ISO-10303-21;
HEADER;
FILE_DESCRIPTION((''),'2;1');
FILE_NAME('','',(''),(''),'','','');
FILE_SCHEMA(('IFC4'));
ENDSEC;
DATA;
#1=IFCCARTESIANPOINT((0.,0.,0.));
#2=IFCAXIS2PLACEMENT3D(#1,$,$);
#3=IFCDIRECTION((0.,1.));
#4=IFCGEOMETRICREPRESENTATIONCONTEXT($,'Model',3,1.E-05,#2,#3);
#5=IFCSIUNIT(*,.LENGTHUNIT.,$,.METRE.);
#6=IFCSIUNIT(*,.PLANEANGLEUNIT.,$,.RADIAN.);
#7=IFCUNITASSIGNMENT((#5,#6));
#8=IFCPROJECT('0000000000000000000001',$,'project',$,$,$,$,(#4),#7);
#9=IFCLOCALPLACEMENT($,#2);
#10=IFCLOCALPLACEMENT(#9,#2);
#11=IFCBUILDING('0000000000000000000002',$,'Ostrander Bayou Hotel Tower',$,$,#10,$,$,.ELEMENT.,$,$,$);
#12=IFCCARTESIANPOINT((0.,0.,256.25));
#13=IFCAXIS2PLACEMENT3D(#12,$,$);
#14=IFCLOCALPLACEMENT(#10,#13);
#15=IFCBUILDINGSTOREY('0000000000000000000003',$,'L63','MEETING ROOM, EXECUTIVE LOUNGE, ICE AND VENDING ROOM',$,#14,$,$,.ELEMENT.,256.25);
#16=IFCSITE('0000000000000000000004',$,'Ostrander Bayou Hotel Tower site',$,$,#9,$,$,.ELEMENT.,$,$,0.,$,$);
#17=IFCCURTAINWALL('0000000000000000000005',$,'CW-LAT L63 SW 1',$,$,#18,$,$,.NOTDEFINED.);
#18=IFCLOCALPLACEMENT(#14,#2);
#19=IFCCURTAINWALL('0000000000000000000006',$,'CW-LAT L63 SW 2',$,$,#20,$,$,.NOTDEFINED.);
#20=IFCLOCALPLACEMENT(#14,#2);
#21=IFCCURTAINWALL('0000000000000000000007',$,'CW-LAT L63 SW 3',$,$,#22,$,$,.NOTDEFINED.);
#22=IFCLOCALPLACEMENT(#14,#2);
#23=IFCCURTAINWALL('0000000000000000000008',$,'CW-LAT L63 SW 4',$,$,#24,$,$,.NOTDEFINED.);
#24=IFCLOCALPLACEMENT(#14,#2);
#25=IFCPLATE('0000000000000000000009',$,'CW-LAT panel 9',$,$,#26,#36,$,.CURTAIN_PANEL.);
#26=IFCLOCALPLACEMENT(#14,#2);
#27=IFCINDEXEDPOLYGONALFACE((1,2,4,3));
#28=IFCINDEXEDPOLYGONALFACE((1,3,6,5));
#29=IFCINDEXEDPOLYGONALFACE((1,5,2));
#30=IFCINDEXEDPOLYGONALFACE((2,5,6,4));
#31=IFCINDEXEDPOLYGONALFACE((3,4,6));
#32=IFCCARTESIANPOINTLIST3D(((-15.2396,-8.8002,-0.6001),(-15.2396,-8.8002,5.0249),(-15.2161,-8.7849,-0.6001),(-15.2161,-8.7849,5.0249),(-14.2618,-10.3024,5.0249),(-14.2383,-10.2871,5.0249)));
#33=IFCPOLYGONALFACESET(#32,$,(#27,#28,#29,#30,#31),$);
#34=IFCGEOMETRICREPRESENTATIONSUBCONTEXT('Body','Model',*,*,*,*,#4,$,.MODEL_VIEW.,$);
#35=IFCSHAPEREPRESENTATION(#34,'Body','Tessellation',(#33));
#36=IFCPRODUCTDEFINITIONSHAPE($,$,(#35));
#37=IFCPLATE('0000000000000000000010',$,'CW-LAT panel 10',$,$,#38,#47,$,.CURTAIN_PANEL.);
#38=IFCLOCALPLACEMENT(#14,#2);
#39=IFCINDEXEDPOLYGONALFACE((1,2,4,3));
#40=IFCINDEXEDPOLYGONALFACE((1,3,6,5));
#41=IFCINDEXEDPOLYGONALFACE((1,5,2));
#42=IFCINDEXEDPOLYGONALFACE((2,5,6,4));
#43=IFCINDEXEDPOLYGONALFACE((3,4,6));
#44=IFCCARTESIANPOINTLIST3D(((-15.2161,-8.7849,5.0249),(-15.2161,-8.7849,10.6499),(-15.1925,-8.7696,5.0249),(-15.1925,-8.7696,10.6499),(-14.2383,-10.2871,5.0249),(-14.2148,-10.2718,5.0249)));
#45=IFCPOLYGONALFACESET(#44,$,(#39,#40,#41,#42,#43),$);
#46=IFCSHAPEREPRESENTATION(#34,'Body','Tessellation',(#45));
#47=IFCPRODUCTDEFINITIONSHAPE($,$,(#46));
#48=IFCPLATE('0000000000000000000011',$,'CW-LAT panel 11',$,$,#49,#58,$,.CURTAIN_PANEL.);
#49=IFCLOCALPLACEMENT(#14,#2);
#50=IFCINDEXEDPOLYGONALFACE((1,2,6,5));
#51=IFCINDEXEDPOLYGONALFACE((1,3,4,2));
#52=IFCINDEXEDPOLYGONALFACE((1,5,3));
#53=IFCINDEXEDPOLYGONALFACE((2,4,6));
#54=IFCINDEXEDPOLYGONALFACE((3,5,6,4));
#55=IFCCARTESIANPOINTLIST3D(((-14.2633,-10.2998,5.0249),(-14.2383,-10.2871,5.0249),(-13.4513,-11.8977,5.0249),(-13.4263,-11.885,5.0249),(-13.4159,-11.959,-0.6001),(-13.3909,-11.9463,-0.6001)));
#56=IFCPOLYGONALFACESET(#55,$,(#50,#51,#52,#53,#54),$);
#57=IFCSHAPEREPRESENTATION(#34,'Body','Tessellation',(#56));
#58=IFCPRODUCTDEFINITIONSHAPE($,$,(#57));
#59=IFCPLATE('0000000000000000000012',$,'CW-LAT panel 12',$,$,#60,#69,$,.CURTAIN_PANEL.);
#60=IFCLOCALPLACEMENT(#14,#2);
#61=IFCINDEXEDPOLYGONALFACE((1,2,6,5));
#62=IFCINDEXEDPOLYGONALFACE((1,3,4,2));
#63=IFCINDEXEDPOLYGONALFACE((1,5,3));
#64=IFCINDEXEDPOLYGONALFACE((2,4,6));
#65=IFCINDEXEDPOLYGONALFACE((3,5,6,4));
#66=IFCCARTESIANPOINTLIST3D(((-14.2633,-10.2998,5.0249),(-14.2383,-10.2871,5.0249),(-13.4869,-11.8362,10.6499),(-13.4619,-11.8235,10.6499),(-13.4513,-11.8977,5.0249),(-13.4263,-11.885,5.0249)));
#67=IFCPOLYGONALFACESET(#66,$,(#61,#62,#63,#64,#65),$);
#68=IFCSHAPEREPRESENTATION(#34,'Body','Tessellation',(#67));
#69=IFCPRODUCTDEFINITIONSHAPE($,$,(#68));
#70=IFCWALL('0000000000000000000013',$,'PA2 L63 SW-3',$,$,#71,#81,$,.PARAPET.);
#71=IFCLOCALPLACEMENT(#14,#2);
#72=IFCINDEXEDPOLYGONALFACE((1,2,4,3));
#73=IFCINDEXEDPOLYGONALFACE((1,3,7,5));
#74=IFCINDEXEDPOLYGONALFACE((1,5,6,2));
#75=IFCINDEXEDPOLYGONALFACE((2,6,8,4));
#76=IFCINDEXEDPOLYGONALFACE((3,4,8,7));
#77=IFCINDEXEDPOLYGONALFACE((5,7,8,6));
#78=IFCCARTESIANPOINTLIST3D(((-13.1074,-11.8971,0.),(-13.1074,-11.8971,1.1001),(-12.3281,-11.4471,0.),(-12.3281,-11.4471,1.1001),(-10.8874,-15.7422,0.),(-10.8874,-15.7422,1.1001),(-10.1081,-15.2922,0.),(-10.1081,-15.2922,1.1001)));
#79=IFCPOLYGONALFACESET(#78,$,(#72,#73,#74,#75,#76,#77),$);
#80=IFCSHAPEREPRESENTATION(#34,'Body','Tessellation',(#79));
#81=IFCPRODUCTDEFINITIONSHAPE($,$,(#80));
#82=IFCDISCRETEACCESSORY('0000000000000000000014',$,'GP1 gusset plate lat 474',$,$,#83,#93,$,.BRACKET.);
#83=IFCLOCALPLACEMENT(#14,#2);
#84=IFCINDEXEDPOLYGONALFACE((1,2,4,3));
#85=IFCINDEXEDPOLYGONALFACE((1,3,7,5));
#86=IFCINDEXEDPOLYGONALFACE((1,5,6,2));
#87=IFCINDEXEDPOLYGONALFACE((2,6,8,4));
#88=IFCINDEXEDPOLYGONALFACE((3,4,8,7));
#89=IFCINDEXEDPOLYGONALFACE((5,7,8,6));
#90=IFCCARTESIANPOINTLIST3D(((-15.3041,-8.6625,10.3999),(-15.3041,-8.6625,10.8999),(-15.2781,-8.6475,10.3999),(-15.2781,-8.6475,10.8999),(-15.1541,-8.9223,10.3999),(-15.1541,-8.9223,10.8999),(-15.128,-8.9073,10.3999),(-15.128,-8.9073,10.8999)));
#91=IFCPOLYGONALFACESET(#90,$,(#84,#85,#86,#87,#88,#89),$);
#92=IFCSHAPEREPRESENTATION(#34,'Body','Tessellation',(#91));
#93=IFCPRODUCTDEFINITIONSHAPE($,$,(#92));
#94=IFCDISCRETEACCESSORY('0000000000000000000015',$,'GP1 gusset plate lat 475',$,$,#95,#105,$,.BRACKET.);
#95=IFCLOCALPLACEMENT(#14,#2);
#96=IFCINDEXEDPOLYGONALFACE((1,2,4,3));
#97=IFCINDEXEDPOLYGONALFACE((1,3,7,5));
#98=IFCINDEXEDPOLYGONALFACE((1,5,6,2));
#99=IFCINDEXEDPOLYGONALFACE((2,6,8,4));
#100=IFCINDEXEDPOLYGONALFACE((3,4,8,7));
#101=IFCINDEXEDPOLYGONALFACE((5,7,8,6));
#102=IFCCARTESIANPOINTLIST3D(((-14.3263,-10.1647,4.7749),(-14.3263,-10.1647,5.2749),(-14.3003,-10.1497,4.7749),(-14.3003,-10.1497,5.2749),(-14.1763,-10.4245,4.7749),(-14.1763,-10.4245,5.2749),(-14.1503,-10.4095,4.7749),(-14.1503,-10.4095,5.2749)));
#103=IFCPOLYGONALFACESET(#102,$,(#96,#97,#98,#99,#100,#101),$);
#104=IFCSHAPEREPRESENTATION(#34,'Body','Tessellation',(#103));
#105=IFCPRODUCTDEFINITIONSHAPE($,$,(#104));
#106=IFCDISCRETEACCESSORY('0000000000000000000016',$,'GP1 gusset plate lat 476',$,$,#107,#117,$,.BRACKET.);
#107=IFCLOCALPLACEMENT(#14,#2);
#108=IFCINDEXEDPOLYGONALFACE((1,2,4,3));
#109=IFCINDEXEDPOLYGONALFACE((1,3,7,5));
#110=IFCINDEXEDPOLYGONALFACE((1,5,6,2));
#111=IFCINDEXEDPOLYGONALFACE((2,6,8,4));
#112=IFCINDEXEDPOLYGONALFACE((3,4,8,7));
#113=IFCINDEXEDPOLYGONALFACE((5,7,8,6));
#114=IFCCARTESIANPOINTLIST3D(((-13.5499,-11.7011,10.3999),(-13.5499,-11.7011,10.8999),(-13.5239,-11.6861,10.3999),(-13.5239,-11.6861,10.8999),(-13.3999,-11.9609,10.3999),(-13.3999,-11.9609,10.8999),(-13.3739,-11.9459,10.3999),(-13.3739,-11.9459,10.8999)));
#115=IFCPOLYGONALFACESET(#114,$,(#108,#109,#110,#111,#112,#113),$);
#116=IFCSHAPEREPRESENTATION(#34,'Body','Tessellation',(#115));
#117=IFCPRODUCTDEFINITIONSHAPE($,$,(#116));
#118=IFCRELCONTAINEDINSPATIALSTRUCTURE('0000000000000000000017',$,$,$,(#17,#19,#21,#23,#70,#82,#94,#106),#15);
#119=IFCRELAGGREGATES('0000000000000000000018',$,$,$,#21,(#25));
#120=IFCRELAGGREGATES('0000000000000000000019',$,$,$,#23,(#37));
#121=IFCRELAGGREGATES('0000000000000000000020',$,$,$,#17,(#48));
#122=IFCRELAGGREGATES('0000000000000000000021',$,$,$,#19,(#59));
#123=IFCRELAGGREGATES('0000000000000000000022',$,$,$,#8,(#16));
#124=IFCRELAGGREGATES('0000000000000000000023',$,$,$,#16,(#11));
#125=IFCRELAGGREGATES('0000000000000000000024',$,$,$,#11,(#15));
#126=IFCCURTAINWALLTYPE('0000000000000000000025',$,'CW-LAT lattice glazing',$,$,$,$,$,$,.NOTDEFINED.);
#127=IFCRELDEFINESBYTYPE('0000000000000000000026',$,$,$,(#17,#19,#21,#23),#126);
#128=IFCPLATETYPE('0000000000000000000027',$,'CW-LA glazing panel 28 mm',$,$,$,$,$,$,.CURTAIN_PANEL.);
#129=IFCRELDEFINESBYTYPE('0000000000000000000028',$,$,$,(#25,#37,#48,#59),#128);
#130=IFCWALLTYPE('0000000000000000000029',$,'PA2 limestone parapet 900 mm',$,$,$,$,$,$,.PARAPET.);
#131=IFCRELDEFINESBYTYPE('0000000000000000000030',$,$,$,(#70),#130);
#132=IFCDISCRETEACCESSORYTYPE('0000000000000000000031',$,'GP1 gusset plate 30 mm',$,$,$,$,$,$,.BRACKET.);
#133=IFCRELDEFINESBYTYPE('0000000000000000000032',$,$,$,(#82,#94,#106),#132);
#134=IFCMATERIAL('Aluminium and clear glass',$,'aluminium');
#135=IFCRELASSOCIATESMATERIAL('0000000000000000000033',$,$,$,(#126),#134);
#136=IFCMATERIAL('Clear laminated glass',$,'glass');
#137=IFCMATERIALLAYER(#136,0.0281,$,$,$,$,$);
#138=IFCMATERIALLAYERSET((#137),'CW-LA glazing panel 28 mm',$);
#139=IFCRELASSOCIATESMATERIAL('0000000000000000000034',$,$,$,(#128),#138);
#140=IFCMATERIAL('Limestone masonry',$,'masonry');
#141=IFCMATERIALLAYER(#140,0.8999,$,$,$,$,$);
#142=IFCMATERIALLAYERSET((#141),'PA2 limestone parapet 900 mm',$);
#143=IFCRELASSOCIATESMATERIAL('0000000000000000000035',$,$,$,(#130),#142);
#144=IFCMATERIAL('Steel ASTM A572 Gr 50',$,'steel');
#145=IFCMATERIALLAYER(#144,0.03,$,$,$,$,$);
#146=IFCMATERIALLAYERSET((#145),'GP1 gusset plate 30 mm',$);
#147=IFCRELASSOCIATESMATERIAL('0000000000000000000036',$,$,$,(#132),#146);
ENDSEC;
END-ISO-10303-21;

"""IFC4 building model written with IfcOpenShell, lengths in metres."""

from ifc_helpers import new_model, si_unit, direction, frame, frame_2d, origin, origin_2d, place, context, subcontext, project, spatial, polyline, rectangle, outline, extrude, material, layer, layer_set, type_object, element, aggregate, save


model = new_model("IFC4")

# Units and contexts
model_context = context("Model", 3, precision=1e-05, world=origin(), true_north=direction((0.0, 1.0)))
body_context = subcontext(model_context, "Body", "Model", "MODEL_VIEW")
ifc_project = project(units=[si_unit("LENGTHUNIT", "METRE"), si_unit("PLANEANGLEUNIT", "RADIAN")], contexts=[model_context])

# Site, building, storey
site_placement = place(None, origin())
site = spatial("IfcSite", under=ifc_project, at=site_placement, Name="Ostrander Bayou Hotel Tower site", CompositionType="ELEMENT", RefElevation=0.0)
building_placement = place(site_placement, origin())
building = spatial("IfcBuilding", under=site, at=building_placement, Name="Ostrander Bayou Hotel Tower", CompositionType="ELEMENT")
storey_placement = place(building_placement, frame((0.0, 0.0, 256.25)))
storey = spatial("IfcBuildingStorey", under=building, at=storey_placement, Name="L63", Description="MEETING ROOM, EXECUTIVE LOUNGE, ICE AND VENDING ROOM", CompositionType="ELEMENT", Elevation=256.25)

# Curtain walls
ifc_material_1 = material(Name="Aluminium and clear glass", Category="aluminium")
curtain_wall_type = type_object("IfcCurtainWallType", Name="CW-LAT lattice glazing", PredefinedType="NOTDEFINED", material=ifc_material_1)
curtain_wall_1_placement = place(storey_placement, origin())
curtain_wall_1 = element("IfcCurtainWall", 1, at=curtain_wall_1_placement, inside=storey, type_object=curtain_wall_type, Name="CW-LAT L63 SW 1", PredefinedType="NOTDEFINED")
curtain_wall_2_placement = place(storey_placement, origin())
curtain_wall_2 = element("IfcCurtainWall", 2, at=curtain_wall_2_placement, inside=storey, type_object=curtain_wall_type, Name="CW-LAT L63 SW 2", PredefinedType="NOTDEFINED")

# Curtain walls
curtain_wall_3_placement = place(storey_placement, origin())
curtain_wall_3 = element("IfcCurtainWall", 3, at=curtain_wall_3_placement, inside=storey, type_object=curtain_wall_type, Name="CW-LAT L63 SW 3", PredefinedType="NOTDEFINED")
ifc_material_2 = material(Name="Clear laminated glass", Category="glass")
ifc_layer_1 = layer(ifc_material_2, 0.0281)
ifc_layer_set_1 = layer_set([ifc_layer_1], Name="CW-LA glazing panel 28 mm")
plate_type = type_object("IfcPlateType", Name="CW-LA glazing panel 28 mm", PredefinedType="CURTAIN_PANEL", material=ifc_layer_set_1)
curtain_wall_4_placement = place(storey_placement, origin())
curtain_wall_4 = element("IfcCurtainWall", 4, at=curtain_wall_4_placement, inside=storey, type_object=curtain_wall_type, Name="CW-LAT L63 SW 4", PredefinedType="NOTDEFINED")

# Plates
plate_1_placement = place(storey_placement, frame((-14.2383, -10.2871, 5.0249), z_axis=(0.838098, 0.54552, 0.0), x_axis=(-0.165623, 0.254452, -0.952798)))
plate_1 = element("IfcPlate", 5, at=plate_1_placement, type_object=plate_type, Name="CW-LAT panel 9", PredefinedType="CURTAIN_PANEL", context=body_context, shape_type="SweptSolid", body=[
    extrude(outline(polyline([(0.0, 0.0), (5.9037, 0.0), (0.5442, 1.7078), (0.0, 0.0)])), origin(), (0.0, 0.0, -1.0), 0.0281),
])
aggregate(curtain_wall_3, [plate_1])
plate_2_placement = place(storey_placement, frame((-14.2383, -10.2871, 5.0249), z_axis=(-0.838098, -0.54552, 0.0), x_axis=(-0.165623, 0.254452, 0.952798)))
plate_2 = element("IfcPlate", 6, at=plate_2_placement, type_object=plate_type, Name="CW-LAT panel 10", PredefinedType="CURTAIN_PANEL", context=body_context, shape_type="SweptSolid", body=[
    extrude(outline(polyline([(0.0, 0.0), (5.9037, 0.0), (0.5442, 1.7078), (0.0, 0.0)])), origin(), (0.0, 0.0, -1.0), 0.0281),
])
aggregate(curtain_wall_4, [plate_2])
plate_3_placement = place(storey_placement, frame((-14.2383, -10.2871, 5.0249), z_axis=(0.891493, 0.453034, 0.000675), x_axis=(0.143011, -0.280006, -0.949286)))
plate_3 = element("IfcPlate", 7, at=plate_3_placement, type_object=plate_type, Name="CW-LAT panel 11", PredefinedType="CURTAIN_PANEL", context=body_context, shape_type="SweptSolid", body=[
    extrude(outline(polyline([(0.0, 0.0), (5.9255, 0.0), (0.5635, -1.7015), (0.0, 0.0)])), origin(), (0.0, 0.0, -1.0), 0.0281),
])
aggregate(curtain_wall_1, [plate_3])
plate_4_placement = place(storey_placement, frame((-14.2383, -10.2871, 5.0249), z_axis=(0.891493, 0.453034, 0.000694), x_axis=(0.131979, -0.261177, 0.956226)))
plate_4 = element("IfcPlate", 8, at=plate_4_placement, type_object=plate_type, Name="CW-LAT panel 12", PredefinedType="CURTAIN_PANEL", context=body_context, shape_type="SweptSolid", body=[
    extrude(outline(polyline([(0.0, 0.0), (5.8825, 0.0), (0.5245, 1.7139), (0.0, 0.0)])), origin(), (0.0, 0.0, -1.0), 0.0281),
])
aggregate(curtain_wall_2, [plate_4])

# Wall
ifc_material_3 = material(Name="Limestone masonry", Category="masonry")
ifc_layer_2 = layer(ifc_material_3, 0.8999)
ifc_layer_set_2 = layer_set([ifc_layer_2], Name="PA2 limestone parapet 900 mm")
wall_type = type_object("IfcWallType", Name="PA2 limestone parapet 900 mm", PredefinedType="PARAPET", material=ifc_layer_set_2)
wall_placement = place(storey_placement, frame((-12.7178, -11.6721, 0.0), z_axis=(0.0, 0.0, 1.0), x_axis=(0.500013, -0.866018, 0.0)))
element("IfcWall", 9, at=wall_placement, inside=storey, type_object=wall_type, Name="PA2 L63 SW-3", PredefinedType="PARAPET", context=body_context, shape_type="SweptSolid", body=[
    extrude(rectangle(XDim=4.4399, YDim=0.8999, at=frame_2d((2.22, 0.0))), origin(), (0.0, 0.0, 1.0), 1.1001),
])

# Discrete accessories
ifc_material_4 = material(Name="Steel ASTM A572 Gr 50", Category="steel")
ifc_layer_3 = layer(ifc_material_4, 0.03)
ifc_layer_set_3 = layer_set([ifc_layer_3], Name="GP1 gusset plate 30 mm")
discrete_accessory_type = type_object("IfcDiscreteAccessoryType", Name="GP1 gusset plate 30 mm", PredefinedType="BRACKET", material=ifc_layer_set_3)
for number, where, z_axis, x_axis, name in (
    (10, (-15.2161, -8.7849, 10.3999), (0.0, 0.0, 1.0), (0.5, -0.866025, 0.0), "GP1 gusset plate lat 474"),
    (11, (-14.2383, -10.2871, 4.7749), (0.0, 0.0, 1.0), (0.5, -0.866025, 0.0), "GP1 gusset plate lat 475"),
    (12, (-13.4619, -11.8235, 10.3999), (0.0, 0.0, 1.0), (0.5, -0.866025, 0.0), "GP1 gusset plate lat 476"),
):
    element("IfcDiscreteAccessory", number, at=place(storey_placement, frame(where, z_axis=z_axis, x_axis=x_axis)), inside=storey, type_object=discrete_accessory_type, Name=name, PredefinedType="BRACKET", context=body_context, shape_type="SweptSolid", body=[
        extrude(rectangle(XDim=0.3, YDim=0.03, at=origin_2d()), origin(), (0.0, 0.0, 1.0), 0.5),
    ])

save(model, "model.ifc")
